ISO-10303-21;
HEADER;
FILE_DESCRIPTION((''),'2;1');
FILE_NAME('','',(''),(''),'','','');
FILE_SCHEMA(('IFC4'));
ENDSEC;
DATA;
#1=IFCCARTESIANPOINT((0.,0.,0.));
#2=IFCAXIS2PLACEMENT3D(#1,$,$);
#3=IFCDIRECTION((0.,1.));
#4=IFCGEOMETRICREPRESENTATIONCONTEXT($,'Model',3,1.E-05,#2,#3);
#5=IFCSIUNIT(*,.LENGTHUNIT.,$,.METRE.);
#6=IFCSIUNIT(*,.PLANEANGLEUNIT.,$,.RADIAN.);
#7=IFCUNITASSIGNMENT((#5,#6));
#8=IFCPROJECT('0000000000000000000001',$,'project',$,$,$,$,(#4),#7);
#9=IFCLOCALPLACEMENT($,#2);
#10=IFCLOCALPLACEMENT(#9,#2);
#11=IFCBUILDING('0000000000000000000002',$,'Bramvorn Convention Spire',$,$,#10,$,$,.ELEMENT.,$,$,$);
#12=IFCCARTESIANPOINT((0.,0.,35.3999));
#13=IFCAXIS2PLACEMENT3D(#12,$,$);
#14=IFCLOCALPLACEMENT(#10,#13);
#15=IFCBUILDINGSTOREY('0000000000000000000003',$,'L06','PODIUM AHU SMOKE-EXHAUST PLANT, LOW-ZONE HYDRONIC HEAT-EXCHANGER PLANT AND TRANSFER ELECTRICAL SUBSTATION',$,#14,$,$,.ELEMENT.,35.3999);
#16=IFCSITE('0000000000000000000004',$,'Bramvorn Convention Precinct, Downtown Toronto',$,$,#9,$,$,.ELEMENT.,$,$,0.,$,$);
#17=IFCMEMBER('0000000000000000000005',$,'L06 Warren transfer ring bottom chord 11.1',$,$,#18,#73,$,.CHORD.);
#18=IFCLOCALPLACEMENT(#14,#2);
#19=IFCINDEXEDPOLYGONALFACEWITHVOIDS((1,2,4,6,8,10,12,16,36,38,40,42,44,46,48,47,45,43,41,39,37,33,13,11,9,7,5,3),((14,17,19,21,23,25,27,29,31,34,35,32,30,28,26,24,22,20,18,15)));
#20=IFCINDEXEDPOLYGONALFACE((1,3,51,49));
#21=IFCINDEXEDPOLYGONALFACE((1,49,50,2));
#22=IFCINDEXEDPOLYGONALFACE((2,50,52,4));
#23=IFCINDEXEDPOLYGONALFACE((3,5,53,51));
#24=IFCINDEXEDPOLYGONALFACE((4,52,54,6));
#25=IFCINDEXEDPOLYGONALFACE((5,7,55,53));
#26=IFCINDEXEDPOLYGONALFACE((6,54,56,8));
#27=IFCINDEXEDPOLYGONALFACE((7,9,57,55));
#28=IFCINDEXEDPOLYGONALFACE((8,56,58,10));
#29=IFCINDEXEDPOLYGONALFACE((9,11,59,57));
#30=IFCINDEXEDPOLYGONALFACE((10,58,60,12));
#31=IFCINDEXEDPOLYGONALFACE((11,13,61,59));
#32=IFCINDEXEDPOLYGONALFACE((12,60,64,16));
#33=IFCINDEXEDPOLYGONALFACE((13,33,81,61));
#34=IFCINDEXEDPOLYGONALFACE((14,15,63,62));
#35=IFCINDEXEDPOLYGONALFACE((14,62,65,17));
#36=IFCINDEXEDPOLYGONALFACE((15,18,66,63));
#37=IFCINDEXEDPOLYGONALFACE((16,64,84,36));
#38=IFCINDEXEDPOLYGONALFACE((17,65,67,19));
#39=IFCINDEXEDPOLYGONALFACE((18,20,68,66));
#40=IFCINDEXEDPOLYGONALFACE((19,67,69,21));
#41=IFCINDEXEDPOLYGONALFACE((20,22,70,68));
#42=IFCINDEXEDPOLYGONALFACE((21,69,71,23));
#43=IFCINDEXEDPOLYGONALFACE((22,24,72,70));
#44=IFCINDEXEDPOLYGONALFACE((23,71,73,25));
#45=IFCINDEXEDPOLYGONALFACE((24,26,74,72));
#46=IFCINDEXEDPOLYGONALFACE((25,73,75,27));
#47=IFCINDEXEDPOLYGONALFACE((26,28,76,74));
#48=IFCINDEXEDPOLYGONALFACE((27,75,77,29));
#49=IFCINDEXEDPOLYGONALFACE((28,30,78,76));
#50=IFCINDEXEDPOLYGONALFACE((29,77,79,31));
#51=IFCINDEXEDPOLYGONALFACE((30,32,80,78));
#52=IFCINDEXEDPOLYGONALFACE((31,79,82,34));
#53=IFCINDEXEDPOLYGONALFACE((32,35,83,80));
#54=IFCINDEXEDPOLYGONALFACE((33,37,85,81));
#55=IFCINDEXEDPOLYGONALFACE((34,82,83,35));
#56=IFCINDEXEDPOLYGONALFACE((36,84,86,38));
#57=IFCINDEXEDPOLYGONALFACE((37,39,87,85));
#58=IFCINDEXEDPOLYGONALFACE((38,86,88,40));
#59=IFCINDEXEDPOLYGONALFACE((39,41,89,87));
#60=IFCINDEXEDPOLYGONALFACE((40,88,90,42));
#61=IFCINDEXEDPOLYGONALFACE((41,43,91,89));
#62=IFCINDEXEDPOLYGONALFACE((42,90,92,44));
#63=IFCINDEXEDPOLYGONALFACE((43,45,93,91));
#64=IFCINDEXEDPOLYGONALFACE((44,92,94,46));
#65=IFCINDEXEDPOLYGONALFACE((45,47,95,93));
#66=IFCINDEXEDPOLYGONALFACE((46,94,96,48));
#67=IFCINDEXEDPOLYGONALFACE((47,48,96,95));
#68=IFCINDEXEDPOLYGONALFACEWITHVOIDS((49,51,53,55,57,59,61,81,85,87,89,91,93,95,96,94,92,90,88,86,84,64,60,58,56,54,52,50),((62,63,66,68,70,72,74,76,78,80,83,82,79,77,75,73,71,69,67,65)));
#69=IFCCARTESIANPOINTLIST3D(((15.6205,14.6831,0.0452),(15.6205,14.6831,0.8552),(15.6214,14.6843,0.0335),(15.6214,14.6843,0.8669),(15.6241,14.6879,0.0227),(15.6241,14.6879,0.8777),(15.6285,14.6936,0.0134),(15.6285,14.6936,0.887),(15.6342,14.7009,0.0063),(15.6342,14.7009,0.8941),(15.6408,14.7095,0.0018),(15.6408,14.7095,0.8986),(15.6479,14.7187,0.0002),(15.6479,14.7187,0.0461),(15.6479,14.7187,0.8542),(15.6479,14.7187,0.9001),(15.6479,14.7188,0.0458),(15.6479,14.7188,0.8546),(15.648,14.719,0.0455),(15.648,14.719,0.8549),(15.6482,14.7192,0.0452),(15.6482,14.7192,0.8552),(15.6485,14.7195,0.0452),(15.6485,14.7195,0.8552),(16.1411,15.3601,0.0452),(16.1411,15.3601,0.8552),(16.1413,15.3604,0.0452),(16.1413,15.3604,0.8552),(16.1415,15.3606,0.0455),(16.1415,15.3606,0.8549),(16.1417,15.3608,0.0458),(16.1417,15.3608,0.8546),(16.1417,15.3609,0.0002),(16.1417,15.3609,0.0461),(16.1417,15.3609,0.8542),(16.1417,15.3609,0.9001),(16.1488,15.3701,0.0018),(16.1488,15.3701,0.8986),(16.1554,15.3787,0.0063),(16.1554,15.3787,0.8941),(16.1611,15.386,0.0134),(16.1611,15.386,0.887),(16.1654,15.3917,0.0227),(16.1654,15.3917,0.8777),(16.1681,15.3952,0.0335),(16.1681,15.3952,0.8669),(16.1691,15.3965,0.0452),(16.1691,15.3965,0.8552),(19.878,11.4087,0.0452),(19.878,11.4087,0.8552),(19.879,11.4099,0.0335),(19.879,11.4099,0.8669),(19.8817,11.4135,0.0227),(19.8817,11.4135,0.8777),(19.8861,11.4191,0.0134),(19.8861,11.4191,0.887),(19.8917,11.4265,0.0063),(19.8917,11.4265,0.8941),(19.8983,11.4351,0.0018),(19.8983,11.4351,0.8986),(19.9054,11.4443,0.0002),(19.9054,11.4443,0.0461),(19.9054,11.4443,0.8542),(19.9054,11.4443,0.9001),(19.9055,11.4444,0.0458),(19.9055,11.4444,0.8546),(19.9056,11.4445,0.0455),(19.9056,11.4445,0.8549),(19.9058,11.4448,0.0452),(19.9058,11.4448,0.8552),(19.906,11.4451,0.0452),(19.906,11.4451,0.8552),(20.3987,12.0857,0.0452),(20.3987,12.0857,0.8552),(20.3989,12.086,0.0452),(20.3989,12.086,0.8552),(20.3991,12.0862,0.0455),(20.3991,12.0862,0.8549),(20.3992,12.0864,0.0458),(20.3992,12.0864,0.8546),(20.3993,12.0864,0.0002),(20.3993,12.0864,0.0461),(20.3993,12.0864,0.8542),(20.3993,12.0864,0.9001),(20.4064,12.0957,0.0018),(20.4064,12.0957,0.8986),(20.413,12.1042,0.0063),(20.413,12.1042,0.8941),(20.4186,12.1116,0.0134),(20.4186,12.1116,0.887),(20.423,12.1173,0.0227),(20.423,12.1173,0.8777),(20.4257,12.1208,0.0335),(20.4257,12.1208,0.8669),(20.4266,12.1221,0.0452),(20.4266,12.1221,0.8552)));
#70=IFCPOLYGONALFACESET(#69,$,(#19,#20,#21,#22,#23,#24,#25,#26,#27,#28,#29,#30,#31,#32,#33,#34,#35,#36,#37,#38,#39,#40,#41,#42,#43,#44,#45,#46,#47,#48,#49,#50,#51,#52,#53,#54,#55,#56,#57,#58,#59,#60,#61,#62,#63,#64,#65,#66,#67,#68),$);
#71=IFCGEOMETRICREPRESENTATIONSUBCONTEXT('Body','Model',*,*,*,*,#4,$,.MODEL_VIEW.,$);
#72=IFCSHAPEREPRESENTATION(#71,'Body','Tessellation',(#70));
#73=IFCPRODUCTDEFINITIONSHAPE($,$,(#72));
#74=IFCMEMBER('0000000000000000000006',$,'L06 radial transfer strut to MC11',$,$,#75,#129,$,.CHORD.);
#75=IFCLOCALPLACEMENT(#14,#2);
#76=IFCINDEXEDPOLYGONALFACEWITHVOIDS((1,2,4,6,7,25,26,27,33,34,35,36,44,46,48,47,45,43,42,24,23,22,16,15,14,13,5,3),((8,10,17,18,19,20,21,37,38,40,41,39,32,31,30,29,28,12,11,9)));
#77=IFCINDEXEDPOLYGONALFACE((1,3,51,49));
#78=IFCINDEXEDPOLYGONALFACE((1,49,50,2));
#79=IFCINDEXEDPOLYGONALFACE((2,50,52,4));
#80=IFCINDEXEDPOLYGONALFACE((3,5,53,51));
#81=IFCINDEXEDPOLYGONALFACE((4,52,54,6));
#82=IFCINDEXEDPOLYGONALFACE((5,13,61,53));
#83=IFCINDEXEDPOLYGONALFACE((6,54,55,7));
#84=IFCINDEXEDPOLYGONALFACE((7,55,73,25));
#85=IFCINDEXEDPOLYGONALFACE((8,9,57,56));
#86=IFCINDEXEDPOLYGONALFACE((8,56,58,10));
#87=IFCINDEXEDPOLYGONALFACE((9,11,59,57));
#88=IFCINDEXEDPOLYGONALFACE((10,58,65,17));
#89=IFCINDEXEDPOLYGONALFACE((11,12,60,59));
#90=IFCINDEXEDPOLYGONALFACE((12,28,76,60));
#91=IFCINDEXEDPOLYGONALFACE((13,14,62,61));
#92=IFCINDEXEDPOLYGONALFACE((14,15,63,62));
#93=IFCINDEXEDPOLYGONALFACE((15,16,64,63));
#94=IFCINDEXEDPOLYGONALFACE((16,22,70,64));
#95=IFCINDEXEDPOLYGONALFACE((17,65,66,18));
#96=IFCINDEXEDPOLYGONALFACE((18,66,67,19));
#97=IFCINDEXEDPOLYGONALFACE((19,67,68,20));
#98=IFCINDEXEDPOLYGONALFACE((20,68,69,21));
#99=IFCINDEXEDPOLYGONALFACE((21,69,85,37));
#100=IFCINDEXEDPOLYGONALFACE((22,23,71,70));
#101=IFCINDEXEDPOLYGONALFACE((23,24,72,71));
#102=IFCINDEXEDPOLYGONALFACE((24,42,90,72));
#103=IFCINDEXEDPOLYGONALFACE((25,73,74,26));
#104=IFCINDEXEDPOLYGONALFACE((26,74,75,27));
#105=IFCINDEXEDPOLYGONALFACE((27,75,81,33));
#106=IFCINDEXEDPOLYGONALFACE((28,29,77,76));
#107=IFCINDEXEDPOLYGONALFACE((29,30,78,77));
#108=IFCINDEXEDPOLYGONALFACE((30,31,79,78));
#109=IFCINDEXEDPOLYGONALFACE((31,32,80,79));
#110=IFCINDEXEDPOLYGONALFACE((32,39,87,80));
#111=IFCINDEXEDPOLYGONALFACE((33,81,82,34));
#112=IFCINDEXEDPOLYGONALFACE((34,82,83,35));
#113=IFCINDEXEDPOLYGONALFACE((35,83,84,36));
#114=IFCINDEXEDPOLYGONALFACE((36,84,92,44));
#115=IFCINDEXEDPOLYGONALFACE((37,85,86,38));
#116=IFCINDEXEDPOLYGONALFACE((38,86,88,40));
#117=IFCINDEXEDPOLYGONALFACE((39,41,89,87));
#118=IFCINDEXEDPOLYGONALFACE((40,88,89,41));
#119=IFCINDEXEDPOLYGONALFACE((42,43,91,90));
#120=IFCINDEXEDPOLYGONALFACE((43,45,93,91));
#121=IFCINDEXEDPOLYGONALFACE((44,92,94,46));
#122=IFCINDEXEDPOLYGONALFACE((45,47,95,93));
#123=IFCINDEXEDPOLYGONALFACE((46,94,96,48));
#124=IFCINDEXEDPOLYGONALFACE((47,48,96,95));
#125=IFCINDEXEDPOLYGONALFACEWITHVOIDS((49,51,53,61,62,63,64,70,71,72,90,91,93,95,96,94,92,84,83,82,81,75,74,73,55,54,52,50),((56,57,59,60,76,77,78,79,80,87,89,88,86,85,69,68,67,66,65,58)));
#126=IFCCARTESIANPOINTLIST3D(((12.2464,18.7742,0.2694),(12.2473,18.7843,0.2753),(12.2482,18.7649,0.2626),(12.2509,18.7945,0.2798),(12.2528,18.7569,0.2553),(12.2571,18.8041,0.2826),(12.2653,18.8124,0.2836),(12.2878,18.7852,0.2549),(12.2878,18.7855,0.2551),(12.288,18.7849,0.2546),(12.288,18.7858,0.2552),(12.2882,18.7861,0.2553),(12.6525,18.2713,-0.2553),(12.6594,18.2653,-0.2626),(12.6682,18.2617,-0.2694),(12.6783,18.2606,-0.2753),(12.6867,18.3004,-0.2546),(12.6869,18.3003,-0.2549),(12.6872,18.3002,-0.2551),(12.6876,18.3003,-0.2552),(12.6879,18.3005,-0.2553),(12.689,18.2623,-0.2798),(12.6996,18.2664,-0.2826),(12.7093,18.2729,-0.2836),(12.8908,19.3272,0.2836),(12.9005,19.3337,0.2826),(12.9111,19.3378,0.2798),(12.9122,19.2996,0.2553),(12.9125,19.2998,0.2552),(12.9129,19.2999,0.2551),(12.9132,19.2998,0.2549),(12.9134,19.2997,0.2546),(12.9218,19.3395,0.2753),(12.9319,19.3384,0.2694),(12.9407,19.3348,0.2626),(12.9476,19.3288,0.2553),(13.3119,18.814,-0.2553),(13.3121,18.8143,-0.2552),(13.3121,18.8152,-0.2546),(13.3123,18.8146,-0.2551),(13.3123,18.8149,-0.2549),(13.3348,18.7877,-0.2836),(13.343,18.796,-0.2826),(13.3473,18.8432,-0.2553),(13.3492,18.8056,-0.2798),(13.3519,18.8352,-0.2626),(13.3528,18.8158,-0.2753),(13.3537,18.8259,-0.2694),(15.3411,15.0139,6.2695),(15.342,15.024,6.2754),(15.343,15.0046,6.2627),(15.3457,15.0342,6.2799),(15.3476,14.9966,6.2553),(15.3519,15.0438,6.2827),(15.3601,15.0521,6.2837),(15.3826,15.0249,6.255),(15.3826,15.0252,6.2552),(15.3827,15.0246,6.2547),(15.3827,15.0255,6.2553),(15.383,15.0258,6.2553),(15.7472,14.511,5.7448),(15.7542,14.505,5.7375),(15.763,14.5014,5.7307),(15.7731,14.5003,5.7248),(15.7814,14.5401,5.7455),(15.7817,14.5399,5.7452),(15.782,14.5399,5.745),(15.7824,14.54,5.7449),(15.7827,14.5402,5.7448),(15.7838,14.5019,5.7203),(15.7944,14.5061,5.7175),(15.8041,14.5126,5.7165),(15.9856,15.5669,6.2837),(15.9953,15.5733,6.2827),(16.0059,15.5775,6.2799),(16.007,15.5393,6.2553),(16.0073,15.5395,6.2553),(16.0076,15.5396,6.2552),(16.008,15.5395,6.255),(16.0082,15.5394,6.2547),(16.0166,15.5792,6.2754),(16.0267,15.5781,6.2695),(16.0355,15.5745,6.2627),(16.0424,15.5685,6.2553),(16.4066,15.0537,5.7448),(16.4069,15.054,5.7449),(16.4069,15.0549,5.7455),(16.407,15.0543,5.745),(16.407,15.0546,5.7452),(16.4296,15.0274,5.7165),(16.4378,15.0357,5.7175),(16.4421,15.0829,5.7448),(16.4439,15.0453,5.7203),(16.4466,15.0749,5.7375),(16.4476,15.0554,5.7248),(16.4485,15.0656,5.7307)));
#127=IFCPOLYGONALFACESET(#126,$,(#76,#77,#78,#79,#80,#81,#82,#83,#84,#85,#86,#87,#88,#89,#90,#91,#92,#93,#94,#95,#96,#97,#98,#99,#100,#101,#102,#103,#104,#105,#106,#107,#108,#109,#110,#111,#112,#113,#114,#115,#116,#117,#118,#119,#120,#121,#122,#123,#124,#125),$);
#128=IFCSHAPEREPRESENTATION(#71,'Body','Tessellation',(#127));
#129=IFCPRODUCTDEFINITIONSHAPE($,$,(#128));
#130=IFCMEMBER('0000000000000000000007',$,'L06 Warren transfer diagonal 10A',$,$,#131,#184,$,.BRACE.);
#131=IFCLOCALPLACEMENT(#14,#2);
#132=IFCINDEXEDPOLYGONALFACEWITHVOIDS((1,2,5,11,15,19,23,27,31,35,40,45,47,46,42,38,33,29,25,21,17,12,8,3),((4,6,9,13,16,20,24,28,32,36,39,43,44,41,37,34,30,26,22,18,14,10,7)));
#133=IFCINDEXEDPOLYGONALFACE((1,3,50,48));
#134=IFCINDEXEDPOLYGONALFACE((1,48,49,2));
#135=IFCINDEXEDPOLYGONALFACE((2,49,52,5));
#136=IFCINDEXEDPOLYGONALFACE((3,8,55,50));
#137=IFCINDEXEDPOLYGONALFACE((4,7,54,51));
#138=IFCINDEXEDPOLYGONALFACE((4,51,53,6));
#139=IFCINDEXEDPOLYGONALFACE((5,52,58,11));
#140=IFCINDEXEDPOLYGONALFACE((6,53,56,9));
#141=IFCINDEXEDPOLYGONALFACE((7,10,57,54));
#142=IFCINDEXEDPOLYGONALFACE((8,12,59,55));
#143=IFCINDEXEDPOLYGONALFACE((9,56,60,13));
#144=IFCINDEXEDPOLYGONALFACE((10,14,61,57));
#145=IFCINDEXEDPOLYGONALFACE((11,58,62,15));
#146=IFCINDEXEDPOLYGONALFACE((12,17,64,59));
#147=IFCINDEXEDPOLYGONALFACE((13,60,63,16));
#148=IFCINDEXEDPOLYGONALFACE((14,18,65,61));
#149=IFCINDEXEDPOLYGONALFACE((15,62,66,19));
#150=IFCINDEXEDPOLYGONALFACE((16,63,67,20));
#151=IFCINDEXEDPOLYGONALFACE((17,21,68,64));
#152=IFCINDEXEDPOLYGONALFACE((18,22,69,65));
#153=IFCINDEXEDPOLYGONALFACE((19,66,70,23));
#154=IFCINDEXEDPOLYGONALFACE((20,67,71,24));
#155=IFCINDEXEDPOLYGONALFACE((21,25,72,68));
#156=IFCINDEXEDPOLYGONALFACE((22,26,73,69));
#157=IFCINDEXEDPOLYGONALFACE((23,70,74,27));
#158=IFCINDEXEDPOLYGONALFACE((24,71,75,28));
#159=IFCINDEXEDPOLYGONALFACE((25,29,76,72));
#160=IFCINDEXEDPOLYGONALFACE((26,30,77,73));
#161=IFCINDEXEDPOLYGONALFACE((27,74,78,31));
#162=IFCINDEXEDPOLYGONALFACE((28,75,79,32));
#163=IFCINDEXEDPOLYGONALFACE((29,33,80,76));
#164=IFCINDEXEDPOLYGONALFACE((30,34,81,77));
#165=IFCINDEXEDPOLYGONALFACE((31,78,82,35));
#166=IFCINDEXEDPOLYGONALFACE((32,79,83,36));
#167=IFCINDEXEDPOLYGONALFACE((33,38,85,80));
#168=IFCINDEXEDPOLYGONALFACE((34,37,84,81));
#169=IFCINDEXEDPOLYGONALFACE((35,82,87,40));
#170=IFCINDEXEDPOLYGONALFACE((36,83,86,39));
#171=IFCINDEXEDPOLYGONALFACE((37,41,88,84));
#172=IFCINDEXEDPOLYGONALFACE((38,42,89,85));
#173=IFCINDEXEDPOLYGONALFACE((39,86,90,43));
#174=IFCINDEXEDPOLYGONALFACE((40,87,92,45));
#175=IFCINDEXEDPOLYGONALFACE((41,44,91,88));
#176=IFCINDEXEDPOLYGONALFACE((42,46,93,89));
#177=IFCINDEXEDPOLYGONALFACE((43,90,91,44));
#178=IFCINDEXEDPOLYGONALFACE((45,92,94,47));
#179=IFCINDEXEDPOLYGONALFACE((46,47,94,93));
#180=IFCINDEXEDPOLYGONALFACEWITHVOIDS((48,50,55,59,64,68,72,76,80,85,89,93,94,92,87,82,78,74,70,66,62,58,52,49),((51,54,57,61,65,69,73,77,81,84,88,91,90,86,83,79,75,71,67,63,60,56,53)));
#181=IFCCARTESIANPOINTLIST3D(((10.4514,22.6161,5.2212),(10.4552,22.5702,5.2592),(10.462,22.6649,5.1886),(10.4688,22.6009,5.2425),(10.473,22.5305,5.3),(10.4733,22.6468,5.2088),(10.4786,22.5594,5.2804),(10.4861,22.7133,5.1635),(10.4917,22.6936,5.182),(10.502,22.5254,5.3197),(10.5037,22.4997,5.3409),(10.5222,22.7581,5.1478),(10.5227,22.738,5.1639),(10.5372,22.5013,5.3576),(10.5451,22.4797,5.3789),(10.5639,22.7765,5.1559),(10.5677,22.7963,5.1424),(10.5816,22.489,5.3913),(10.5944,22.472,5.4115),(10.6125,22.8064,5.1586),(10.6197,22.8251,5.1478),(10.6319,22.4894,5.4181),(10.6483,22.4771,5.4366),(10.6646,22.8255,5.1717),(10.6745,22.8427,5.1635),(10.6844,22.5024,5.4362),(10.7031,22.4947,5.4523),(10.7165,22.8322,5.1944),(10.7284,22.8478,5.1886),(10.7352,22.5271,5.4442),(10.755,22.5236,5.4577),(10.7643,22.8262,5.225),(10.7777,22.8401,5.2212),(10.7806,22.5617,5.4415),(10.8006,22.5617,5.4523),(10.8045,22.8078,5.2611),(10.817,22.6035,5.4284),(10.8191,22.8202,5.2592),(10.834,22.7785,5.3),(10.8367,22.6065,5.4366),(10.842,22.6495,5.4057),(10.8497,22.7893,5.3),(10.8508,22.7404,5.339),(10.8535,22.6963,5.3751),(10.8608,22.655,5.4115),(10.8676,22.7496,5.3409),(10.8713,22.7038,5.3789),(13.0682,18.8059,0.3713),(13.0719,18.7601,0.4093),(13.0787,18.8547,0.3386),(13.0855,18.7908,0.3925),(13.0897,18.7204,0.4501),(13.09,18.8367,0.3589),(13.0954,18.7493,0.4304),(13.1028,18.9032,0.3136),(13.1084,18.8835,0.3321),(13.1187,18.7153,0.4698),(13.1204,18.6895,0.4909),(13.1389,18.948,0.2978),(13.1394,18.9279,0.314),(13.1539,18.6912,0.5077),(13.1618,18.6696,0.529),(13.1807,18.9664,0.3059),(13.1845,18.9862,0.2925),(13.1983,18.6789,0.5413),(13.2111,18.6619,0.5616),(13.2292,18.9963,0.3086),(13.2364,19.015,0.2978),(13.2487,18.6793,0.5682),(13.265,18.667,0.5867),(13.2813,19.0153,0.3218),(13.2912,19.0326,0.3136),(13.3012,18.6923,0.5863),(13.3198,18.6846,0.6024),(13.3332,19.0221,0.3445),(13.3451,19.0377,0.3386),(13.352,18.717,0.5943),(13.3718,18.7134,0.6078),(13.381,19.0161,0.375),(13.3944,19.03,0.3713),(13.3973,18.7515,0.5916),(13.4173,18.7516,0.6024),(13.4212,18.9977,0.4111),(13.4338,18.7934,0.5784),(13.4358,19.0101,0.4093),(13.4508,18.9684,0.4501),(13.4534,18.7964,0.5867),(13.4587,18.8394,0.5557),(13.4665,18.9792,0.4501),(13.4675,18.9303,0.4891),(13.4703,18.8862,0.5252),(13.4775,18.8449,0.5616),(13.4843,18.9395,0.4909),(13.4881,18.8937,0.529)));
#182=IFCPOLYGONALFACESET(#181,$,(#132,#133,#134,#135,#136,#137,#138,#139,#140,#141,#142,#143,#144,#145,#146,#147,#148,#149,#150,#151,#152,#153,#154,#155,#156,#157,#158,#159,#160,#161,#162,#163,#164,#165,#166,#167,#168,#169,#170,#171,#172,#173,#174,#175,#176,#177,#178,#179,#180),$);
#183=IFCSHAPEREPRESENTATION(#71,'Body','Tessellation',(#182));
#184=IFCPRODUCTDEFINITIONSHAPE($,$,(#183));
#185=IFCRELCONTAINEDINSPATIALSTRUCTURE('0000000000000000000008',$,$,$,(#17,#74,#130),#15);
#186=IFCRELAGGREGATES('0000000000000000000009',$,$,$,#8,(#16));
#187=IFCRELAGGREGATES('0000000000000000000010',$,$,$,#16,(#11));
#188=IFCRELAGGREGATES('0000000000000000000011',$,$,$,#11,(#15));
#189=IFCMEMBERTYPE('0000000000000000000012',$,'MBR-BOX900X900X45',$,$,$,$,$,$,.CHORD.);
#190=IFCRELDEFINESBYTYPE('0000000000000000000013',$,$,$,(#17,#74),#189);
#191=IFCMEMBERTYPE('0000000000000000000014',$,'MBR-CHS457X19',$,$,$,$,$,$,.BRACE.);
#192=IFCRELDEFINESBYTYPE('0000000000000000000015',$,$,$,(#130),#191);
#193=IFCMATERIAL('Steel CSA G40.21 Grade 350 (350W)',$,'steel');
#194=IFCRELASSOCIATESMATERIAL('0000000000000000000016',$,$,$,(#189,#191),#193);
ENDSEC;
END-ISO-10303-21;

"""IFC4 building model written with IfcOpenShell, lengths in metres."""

from ifc_helpers import new_model, si_unit, direction, frame, origin, origin_2d, place, context, subcontext, project, spatial, hollow_rectangle, hollow_circle, extrude, material, material_profile, profile_set, type_object, element, save


model = new_model("IFC4")

# Units and contexts
model_context = context("Model", 3, precision=1e-05, world=origin(), true_north=direction((0.0, 1.0)))
body_context = subcontext(model_context, "Body", "Model", "MODEL_VIEW")
ifc_project = project(units=[si_unit("LENGTHUNIT", "METRE"), si_unit("PLANEANGLEUNIT", "RADIAN")], contexts=[model_context])

# Site, building, storey
site_placement = place(None, origin())
site = spatial("IfcSite", under=ifc_project, at=site_placement, Name="Bramvorn Convention Precinct, Downtown Toronto", CompositionType="ELEMENT", RefElevation=0.0)
building_placement = place(site_placement, origin())
building = spatial("IfcBuilding", under=site, at=building_placement, Name="Bramvorn Convention Spire", CompositionType="ELEMENT")
storey_placement = place(building_placement, frame((0.0, 0.0, 35.3999)))
storey = spatial("IfcBuildingStorey", under=building, at=storey_placement, Name="L06", Description="PODIUM AHU SMOKE-EXHAUST PLANT, LOW-ZONE HYDRONIC HEAT-EXCHANGER PLANT AND TRANSFER ELECTRICAL SUBSTATION", CompositionType="ELEMENT", Elevation=35.3999)

# Shared definitions
ifc_material_1 = material(Name="Steel CSA G40.21 Grade 350 (350W)", Category="steel")

# Members
ifc_material_profile_1 = material_profile(ifc_material_1, hollow_rectangle(XDim=0.8999, YDim=0.8999, WallThickness=0.0449, InnerFilletRadius=0.001, OuterFilletRadius=0.0449, at=origin_2d()))
ifc_profile_set_1 = profile_set([ifc_material_profile_1], Name="Steel CSA G40.21 Grade 350 (350W) - BOX900X900X45")
member_type_1 = type_object("IfcMemberType", Name="MBR-BOX900X900X45", PredefinedType="CHORD", material=ifc_profile_set_1)
for number, where, z_axis, x_axis, name in (
    (1, (15.8948, 15.0398, 0.4502), (0.792681, -0.609636, 0.0), (0.609636, 0.792681, 0.0), "L06 Warren transfer ring bottom chord 11.1"),
):
    element("IfcMember", number, at=place(storey_placement, frame(where, z_axis=z_axis, x_axis=x_axis)), inside=storey, type_object=member_type_1, Name=name, PredefinedType="CHORD", context=body_context, shape_type="SweptSolid", body=[
        extrude(hollow_rectangle(XDim=0.8999, YDim=0.8999, WallThickness=0.0449, InnerFilletRadius=0.001, OuterFilletRadius=0.0449, at=origin_2d()), origin(), (0.0, 0.0, 1.0), 5.3711),
    ])
member_1_placement = place(storey_placement, frame((12.8, 18.8, 0.0), z_axis=(0.400474, -0.486596, 0.776431), x_axis=(0.772127, 0.635468, 0.0)))
element("IfcMember", 2, at=member_1_placement, inside=storey, type_object=member_type_1, Name="L06 radial transfer strut to MC11", PredefinedType="CHORD", context=body_context, shape_type="SweptSolid", body=[
    extrude(hollow_rectangle(XDim=0.8999, YDim=0.8999, WallThickness=0.0449, InnerFilletRadius=0.001, OuterFilletRadius=0.0449, at=origin_2d()), origin(), (0.0, 0.0, 1.0), 7.7278),
])
ifc_material_profile_2 = material_profile(ifc_material_1, hollow_circle(Radius=0.2285, WallThickness=0.019, at=origin_2d()))
ifc_profile_set_2 = profile_set([ifc_material_profile_2], Name="Steel CSA G40.21 Grade 350 (350W) - CHS457X19")
member_type_2 = type_object("IfcMemberType", Name="MBR-CHS457X19", PredefinedType="BRACE", material=ifc_profile_set_2)
for number, where, z_axis, x_axis, name in (
    (3, (10.6614, 22.6599, 5.3), (0.390575, -0.568699, -0.723901), (0.824316, 0.56613, 0.0), "L06 Warren transfer diagonal 10A"),
):
    element("IfcMember", number, at=place(storey_placement, frame(where, z_axis=z_axis, x_axis=x_axis)), inside=storey, type_object=member_type_2, Name=name, PredefinedType="BRACE", context=body_context, shape_type="SweptSolid", body=[
        extrude(hollow_circle(Radius=0.2285, WallThickness=0.019, at=origin_2d()), origin(), (0.0, 0.0, 1.0), 6.6997),
    ])

save(model, "model.ifc")
